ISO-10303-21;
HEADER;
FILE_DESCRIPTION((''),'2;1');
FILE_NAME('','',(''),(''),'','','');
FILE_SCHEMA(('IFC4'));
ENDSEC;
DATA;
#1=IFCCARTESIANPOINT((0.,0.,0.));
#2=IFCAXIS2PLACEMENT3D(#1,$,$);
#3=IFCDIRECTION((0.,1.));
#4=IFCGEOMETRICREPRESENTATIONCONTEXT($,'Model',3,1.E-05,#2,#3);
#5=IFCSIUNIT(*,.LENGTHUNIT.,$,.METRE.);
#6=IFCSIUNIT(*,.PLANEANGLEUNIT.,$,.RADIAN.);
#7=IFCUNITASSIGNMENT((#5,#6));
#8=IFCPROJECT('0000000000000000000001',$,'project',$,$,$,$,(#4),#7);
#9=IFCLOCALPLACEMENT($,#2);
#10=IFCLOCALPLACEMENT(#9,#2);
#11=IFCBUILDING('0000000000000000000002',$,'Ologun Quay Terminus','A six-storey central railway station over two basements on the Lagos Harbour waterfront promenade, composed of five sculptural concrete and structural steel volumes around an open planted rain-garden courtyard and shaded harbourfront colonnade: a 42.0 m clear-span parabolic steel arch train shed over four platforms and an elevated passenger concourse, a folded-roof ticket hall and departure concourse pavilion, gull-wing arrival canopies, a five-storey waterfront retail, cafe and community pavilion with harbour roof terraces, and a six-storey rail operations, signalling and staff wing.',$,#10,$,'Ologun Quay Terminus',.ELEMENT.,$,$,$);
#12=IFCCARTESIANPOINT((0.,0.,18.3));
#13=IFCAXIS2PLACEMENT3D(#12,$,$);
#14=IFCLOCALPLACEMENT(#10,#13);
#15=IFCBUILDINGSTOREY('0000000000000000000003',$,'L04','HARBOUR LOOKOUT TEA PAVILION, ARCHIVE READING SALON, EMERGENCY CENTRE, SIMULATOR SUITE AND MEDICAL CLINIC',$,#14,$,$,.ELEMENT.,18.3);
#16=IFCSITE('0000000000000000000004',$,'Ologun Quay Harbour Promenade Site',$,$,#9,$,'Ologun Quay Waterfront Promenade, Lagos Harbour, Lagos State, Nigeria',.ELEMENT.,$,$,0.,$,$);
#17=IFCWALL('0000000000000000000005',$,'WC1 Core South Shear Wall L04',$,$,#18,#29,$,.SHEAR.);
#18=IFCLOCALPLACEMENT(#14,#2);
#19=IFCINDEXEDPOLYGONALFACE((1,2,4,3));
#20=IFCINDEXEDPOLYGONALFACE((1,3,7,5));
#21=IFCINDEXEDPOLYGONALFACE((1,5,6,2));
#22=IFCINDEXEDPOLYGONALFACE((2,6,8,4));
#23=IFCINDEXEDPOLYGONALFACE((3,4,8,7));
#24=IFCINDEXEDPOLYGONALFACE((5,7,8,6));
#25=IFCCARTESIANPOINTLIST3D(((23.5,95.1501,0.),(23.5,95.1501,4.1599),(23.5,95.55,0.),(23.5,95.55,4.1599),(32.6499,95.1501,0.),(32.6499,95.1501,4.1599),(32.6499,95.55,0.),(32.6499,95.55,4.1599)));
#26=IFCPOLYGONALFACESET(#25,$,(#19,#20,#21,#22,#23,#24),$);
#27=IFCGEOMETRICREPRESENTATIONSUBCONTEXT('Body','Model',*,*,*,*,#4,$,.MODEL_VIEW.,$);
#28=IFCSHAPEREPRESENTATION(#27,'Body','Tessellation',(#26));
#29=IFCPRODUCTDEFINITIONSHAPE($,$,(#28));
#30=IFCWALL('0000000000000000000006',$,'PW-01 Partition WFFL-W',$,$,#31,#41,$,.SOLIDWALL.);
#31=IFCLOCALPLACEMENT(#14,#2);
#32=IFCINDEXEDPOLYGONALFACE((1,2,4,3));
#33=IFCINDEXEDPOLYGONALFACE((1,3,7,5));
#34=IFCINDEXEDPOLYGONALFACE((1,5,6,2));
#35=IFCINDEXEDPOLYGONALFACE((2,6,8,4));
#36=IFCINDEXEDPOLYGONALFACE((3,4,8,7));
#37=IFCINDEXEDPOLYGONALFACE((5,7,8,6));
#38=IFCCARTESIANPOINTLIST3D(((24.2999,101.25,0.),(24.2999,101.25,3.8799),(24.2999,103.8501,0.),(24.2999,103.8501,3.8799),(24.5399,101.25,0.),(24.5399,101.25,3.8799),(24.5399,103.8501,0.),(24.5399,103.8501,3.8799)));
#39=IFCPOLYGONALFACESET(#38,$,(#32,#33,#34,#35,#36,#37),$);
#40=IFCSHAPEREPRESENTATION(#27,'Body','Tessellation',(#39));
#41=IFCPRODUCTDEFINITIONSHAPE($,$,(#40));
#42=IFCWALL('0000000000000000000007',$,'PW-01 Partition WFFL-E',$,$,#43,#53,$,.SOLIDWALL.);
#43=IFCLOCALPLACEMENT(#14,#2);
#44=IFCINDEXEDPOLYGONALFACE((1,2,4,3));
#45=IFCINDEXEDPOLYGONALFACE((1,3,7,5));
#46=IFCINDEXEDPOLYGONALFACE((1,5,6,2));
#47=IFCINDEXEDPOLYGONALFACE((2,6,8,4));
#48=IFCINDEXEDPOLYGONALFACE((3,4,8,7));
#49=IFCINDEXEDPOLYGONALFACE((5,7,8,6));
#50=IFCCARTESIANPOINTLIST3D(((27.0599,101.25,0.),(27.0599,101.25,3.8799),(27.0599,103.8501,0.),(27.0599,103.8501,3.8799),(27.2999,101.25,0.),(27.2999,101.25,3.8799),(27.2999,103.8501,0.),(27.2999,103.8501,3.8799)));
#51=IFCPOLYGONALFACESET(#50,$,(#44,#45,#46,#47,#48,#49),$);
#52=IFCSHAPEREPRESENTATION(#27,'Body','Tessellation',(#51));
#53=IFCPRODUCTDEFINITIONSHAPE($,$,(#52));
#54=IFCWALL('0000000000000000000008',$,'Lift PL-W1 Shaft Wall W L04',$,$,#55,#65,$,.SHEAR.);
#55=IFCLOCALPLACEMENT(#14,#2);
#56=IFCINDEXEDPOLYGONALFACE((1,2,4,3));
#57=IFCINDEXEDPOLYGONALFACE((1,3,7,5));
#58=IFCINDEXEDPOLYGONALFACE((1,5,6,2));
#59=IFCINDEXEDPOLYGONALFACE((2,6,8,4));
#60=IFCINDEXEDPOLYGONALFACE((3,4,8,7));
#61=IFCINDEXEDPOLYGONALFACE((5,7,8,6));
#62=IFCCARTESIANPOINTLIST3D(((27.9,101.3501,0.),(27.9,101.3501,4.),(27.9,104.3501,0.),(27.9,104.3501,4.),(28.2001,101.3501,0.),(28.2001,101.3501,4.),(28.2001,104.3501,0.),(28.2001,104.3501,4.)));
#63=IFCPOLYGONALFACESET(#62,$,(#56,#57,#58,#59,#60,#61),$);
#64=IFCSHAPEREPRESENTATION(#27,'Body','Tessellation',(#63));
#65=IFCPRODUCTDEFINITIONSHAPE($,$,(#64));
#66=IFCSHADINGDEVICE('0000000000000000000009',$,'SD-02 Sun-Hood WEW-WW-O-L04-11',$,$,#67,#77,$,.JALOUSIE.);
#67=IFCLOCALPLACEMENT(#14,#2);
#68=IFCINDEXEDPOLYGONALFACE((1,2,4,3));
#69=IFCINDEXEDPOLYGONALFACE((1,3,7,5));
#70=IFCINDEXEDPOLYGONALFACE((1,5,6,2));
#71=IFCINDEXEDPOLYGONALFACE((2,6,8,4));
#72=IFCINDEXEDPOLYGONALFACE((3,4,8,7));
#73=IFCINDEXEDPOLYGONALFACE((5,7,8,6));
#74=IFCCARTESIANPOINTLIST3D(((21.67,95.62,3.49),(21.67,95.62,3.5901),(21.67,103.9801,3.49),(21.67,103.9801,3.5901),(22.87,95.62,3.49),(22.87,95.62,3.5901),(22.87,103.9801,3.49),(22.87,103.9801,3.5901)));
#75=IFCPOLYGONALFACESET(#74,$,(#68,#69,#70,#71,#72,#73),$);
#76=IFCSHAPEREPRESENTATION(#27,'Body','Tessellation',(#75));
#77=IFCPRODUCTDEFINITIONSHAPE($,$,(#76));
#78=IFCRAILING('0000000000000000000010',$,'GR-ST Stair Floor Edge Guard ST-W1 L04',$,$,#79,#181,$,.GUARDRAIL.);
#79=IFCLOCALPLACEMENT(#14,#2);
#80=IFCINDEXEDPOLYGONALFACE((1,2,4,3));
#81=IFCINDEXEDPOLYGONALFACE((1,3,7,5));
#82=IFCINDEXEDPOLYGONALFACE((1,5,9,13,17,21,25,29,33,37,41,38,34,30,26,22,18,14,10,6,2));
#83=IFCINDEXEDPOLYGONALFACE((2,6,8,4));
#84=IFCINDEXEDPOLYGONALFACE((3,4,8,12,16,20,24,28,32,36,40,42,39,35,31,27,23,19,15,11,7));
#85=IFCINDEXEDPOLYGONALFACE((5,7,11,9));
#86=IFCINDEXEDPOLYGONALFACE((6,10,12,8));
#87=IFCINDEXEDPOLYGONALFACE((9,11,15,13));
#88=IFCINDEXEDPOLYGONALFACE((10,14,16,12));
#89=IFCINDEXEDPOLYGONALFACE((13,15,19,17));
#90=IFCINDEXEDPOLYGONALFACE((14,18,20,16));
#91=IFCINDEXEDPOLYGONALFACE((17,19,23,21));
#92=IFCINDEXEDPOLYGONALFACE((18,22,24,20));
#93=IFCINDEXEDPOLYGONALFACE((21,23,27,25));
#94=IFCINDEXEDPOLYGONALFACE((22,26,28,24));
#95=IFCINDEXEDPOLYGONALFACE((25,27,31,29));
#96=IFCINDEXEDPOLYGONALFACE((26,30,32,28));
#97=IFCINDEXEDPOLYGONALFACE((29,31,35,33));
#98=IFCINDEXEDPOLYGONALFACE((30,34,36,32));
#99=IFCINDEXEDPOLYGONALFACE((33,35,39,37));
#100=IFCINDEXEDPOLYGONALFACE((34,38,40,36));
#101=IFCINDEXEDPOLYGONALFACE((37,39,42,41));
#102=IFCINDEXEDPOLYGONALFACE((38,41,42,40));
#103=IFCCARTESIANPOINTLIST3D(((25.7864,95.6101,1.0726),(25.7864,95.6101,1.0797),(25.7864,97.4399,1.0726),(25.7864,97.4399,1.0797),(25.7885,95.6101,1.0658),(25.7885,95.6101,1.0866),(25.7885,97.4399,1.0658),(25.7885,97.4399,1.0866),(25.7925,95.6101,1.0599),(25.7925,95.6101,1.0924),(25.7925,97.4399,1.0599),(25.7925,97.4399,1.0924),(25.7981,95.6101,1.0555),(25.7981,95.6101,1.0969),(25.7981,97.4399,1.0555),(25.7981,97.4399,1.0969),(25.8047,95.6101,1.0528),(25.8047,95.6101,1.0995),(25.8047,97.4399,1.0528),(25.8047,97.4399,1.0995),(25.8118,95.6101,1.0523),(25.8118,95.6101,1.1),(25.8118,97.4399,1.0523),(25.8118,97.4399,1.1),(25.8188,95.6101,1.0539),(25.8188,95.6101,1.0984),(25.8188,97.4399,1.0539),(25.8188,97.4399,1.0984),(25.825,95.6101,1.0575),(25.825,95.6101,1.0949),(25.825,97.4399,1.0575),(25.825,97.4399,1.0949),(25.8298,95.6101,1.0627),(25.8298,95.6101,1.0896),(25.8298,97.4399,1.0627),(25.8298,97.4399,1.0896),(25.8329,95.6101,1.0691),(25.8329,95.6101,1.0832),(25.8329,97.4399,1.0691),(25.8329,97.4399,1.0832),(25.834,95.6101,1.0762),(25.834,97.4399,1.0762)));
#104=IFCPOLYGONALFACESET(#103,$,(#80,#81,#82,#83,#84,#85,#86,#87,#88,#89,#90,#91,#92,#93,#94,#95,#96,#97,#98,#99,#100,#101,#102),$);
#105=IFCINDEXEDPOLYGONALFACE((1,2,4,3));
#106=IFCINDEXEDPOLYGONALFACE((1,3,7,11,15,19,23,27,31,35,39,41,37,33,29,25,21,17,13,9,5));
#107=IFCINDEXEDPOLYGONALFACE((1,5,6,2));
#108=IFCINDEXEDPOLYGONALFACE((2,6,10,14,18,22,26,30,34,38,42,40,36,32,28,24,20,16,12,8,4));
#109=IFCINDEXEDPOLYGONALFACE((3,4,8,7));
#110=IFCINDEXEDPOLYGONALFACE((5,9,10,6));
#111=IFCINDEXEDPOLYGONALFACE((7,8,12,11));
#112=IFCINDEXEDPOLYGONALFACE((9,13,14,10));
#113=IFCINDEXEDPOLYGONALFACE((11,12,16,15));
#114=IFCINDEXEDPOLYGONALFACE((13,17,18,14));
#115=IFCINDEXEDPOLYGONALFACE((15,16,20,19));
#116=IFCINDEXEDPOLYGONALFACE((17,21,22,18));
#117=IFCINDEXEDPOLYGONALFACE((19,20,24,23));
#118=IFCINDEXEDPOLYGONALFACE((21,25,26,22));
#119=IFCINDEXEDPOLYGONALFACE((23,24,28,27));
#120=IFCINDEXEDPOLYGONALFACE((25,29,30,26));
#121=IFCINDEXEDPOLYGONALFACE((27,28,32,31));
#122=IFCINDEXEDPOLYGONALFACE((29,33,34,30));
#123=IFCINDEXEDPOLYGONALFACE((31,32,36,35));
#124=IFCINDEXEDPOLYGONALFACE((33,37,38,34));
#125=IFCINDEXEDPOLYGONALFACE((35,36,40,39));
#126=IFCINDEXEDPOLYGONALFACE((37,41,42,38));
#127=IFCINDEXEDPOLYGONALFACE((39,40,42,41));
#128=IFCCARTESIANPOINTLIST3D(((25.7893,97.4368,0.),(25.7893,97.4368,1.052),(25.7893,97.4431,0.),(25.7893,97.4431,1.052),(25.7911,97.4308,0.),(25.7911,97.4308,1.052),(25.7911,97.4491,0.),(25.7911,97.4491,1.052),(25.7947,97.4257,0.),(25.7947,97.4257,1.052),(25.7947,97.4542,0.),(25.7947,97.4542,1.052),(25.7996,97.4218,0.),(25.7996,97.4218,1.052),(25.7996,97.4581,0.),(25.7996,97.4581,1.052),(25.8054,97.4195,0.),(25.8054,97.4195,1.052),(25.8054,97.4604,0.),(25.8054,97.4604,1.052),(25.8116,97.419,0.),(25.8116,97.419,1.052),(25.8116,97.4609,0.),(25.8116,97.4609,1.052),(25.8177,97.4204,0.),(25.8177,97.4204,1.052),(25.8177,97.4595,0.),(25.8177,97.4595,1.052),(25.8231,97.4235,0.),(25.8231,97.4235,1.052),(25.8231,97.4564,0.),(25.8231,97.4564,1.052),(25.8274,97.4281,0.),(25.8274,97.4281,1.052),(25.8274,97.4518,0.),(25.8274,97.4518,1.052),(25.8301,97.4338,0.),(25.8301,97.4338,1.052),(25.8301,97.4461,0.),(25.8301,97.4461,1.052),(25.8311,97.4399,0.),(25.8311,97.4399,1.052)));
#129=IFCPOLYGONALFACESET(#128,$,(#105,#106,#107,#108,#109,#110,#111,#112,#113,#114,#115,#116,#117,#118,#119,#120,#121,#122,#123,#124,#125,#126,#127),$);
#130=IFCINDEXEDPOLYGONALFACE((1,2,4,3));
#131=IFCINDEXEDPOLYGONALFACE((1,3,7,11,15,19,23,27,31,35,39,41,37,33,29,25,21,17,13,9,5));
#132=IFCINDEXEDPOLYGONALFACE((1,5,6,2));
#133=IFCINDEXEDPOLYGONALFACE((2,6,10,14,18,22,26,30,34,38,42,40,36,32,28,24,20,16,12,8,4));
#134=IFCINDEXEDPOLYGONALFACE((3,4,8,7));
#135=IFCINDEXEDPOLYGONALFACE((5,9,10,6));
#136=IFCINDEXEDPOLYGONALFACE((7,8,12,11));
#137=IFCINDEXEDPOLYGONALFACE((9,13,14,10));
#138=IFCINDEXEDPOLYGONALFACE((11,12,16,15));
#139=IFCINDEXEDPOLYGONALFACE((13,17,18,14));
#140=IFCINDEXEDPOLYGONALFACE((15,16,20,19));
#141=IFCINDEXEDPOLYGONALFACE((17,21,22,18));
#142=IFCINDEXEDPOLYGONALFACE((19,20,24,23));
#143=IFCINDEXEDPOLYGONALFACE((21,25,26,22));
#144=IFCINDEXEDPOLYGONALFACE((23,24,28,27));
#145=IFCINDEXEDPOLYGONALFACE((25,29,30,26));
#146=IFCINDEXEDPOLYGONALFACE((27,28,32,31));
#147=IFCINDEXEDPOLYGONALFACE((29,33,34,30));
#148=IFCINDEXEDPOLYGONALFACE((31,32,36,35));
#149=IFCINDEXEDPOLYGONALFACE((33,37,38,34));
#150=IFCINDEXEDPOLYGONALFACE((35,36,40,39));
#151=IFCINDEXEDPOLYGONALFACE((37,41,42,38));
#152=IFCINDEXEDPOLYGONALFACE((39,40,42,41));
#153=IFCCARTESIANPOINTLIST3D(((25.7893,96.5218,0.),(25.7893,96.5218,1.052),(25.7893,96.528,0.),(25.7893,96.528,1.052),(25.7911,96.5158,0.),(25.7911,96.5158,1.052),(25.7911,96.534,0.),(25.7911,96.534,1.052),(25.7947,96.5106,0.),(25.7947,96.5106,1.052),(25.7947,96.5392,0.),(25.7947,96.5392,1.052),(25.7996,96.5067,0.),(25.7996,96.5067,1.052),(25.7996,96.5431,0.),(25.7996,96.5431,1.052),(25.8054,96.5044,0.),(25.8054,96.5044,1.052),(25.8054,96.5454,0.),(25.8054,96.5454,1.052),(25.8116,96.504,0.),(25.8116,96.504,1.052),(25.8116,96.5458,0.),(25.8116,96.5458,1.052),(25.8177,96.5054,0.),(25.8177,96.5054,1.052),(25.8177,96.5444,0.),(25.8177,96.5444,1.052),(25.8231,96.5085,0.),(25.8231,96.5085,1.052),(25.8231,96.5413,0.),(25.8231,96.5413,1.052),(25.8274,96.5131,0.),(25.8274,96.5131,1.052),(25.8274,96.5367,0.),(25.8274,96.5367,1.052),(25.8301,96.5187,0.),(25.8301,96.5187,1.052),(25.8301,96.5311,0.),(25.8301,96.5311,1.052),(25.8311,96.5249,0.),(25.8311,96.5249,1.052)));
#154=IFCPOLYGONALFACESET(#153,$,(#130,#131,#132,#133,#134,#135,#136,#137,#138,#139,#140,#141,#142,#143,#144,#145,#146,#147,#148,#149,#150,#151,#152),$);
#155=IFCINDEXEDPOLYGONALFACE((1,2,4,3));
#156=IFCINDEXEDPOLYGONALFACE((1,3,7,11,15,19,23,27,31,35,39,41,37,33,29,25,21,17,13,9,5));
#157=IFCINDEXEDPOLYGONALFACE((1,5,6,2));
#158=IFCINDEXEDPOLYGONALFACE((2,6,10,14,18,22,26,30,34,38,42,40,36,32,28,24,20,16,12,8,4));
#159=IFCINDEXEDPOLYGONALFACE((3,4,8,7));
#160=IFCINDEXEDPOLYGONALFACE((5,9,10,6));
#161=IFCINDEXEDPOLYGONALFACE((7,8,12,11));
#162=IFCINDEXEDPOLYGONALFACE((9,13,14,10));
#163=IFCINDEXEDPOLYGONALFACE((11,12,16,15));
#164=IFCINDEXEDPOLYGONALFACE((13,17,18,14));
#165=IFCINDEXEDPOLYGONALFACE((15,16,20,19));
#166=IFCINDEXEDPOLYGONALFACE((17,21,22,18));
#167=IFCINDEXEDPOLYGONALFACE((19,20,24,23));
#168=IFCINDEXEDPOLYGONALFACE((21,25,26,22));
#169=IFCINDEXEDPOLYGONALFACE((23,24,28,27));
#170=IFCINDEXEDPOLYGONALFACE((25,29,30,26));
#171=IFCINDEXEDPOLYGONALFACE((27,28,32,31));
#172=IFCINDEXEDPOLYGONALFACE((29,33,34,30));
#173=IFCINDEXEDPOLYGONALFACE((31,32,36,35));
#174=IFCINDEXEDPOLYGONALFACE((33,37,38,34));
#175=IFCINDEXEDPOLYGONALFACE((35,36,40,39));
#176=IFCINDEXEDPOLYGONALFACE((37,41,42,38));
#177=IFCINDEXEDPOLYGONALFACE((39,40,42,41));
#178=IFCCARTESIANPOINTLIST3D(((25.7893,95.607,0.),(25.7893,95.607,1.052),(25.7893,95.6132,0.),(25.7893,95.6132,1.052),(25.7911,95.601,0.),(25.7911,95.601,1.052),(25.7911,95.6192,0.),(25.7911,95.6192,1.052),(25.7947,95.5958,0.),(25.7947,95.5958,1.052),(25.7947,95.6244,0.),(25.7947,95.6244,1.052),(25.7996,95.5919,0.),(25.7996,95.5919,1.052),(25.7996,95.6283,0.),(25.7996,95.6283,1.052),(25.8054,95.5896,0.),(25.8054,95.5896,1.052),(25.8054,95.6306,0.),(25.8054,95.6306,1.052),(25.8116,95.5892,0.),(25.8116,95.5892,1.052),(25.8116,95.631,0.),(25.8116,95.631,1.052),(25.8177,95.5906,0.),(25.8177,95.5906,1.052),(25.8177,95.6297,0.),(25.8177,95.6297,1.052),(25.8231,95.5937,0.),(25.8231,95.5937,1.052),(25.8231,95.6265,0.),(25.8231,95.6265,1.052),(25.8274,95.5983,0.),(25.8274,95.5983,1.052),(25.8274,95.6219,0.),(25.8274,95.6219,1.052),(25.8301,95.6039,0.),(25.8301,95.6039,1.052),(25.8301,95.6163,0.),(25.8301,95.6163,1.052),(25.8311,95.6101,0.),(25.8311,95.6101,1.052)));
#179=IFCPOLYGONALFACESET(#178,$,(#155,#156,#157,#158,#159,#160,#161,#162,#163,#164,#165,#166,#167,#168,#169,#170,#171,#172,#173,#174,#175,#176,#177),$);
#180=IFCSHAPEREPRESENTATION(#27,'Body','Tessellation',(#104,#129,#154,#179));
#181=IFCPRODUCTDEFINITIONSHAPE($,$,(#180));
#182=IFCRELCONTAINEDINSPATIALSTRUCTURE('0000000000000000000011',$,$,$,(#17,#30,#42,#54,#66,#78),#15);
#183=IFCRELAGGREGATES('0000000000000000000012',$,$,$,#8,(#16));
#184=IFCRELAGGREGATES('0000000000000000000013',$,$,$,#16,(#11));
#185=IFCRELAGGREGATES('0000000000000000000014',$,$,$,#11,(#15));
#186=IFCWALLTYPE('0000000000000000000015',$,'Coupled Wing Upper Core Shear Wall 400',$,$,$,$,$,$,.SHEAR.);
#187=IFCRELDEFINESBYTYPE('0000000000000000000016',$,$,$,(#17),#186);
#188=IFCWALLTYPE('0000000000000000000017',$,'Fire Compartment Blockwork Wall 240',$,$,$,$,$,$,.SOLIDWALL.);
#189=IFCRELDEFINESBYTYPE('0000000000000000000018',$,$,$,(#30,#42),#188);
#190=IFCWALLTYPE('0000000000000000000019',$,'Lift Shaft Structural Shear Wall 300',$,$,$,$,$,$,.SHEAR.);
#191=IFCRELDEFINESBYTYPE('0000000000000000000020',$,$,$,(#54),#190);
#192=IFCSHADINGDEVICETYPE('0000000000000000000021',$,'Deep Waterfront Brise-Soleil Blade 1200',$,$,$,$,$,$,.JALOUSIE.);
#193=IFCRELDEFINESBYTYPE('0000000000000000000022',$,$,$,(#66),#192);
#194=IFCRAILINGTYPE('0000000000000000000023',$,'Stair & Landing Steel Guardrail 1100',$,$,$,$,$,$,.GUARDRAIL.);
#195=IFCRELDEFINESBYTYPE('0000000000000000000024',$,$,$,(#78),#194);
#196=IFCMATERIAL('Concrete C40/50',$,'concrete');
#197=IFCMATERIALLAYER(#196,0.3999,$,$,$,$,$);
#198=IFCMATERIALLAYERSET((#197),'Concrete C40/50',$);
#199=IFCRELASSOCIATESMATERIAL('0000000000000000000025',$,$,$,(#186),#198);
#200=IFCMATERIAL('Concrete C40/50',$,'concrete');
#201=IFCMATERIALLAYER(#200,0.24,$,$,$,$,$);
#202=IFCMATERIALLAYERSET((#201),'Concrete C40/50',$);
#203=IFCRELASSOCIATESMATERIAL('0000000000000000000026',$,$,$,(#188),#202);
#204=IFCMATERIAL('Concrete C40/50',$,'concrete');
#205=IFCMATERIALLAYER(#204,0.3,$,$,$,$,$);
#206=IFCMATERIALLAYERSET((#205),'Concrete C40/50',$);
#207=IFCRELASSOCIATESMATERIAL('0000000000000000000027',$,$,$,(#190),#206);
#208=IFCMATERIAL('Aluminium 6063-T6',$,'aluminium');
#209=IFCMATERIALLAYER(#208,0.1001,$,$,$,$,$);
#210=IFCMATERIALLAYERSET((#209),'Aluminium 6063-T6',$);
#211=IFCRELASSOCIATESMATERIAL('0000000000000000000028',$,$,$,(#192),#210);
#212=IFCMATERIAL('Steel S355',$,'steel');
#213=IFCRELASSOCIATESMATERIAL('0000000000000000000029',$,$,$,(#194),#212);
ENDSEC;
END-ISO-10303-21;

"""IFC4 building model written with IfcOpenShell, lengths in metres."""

from ifc_helpers import new_model, si_unit, direction, frame, frame_2d, origin, origin_2d, place, context, subcontext, project, spatial, rectangle, circle, extrude, material, layer, layer_set, type_object, element, save


model = new_model("IFC4")

# Units and contexts
model_context = context("Model", 3, precision=1e-05, world=origin(), true_north=direction((0.0, 1.0)))
body_context = subcontext(model_context, "Body", "Model", "MODEL_VIEW")
ifc_project = project(units=[si_unit("LENGTHUNIT", "METRE"), si_unit("PLANEANGLEUNIT", "RADIAN")], contexts=[model_context])

# Site, building, storey
site_placement = place(None, origin())
site = spatial("IfcSite", under=ifc_project, at=site_placement, Name="Ologun Quay Harbour Promenade Site", LongName="Ologun Quay Waterfront Promenade, Lagos Harbour, Lagos State, Nigeria", CompositionType="ELEMENT", RefElevation=0.0)
building_placement = place(site_placement, origin())
building = spatial("IfcBuilding", under=site, at=building_placement, Name="Ologun Quay Terminus", Description="A six-storey central railway station over two basements on the Lagos Harbour waterfront promenade, composed of five sculptural concrete and structural steel volumes around an open planted rain-garden courtyard and shaded harbourfront colonnade: a 42.0 m clear-span parabolic steel arch train shed over four platforms and an elevated passenger concourse, a folded-roof ticket hall and departure concourse pavilion, gull-wing arrival canopies, a five-storey waterfront retail, cafe and community pavilion with harbour roof terraces, and a six-storey rail operations, signalling and staff wing.", LongName="Ologun Quay Terminus", CompositionType="ELEMENT")
storey_placement = place(building_placement, frame((0.0, 0.0, 18.3)))
storey = spatial("IfcBuildingStorey", under=building, at=storey_placement, Name="L04", Description="HARBOUR LOOKOUT TEA PAVILION, ARCHIVE READING SALON, EMERGENCY CENTRE, SIMULATOR SUITE AND MEDICAL CLINIC", CompositionType="ELEMENT", Elevation=18.3)

# Wall
ifc_material_1 = material(Name="Concrete C40/50", Category="concrete")
ifc_layer_1 = layer(ifc_material_1, 0.3999)
ifc_layer_set_1 = layer_set([ifc_layer_1], Name="Concrete C40/50")
wall_type_1 = type_object("IfcWallType", Name="Coupled Wing Upper Core Shear Wall 400", PredefinedType="SHEAR", material=ifc_layer_set_1)
wall_1_placement = place(storey_placement, frame((23.5, 95.3501, 0.0), z_axis=(0.0, 0.0, 1.0), x_axis=(1.0, 0.0, 0.0)))
element("IfcWall", 1, at=wall_1_placement, inside=storey, type_object=wall_type_1, Name="WC1 Core South Shear Wall L04", PredefinedType="SHEAR", context=body_context, shape_type="SweptSolid", body=[
    extrude(rectangle(XDim=9.1499, YDim=0.3999, at=frame_2d((4.575, 0.0))), origin(), (0.0, 0.0, 1.0), 4.1599),
])

# Shared definitions
ifc_material_2 = material(Name="Concrete C40/50", Category="concrete")
ifc_layer_2 = layer(ifc_material_2, 0.24)
ifc_layer_set_2 = layer_set([ifc_layer_2], Name="Concrete C40/50")
wall_type_2 = type_object("IfcWallType", Name="Fire Compartment Blockwork Wall 240", PredefinedType="SOLIDWALL", material=ifc_layer_set_2)

# Walls
for number, where, z_axis, x_axis, name in (
    (2, (24.4199, 101.25, 0.0), (0.0, 0.0, 1.0), (0.0, 1.0, 0.0), "PW-01 Partition WFFL-W"),
    (3, (27.1799, 101.25, 0.0), (0.0, 0.0, 1.0), (0.0, 1.0, 0.0), "PW-01 Partition WFFL-E"),
):
    element("IfcWall", number, at=place(storey_placement, frame(where, z_axis=z_axis, x_axis=x_axis)), inside=storey, type_object=wall_type_2, Name=name, PredefinedType="SOLIDWALL", context=body_context, shape_type="SweptSolid", body=[
        extrude(rectangle(XDim=2.6001, YDim=0.24, at=frame_2d((1.3, 0.0))), origin(), (0.0, 0.0, 1.0), 3.8799),
    ])

# Shared definitions
ifc_material_3 = material(Name="Concrete C40/50", Category="concrete")
ifc_layer_3 = layer(ifc_material_3, 0.3)
ifc_layer_set_3 = layer_set([ifc_layer_3], Name="Concrete C40/50")
wall_type_3 = type_object("IfcWallType", Name="Lift Shaft Structural Shear Wall 300", PredefinedType="SHEAR", material=ifc_layer_set_3)

# Wall
wall_2_placement = place(storey_placement, frame((28.05, 101.3501, 0.0), z_axis=(0.0, 0.0, 1.0), x_axis=(0.0, 1.0, 0.0)))
element("IfcWall", 4, at=wall_2_placement, inside=storey, type_object=wall_type_3, Name="Lift PL-W1 Shaft Wall W L04", PredefinedType="SHEAR", context=body_context, shape_type="SweptSolid", body=[
    extrude(rectangle(XDim=3.0, YDim=0.3, at=frame_2d((1.5, 0.0))), origin(), (0.0, 0.0, 1.0), 4.0),
])

# Shading device
ifc_material_4 = material(Name="Aluminium 6063-T6", Category="aluminium")
ifc_layer_4 = layer(ifc_material_4, 0.1001)
ifc_layer_set_4 = layer_set([ifc_layer_4], Name="Aluminium 6063-T6")
shading_device_type = type_object("IfcShadingDeviceType", Name="Deep Waterfront Brise-Soleil Blade 1200", PredefinedType="JALOUSIE", material=ifc_layer_set_4)
shading_device_placement = place(storey_placement, frame((22.27, 99.8, 3.49), z_axis=(0.0, 0.0, 1.0), x_axis=(1.0, 0.0, 0.0)))
element("IfcShadingDevice", 5, at=shading_device_placement, inside=storey, type_object=shading_device_type, Name="SD-02 Sun-Hood WEW-WW-O-L04-11", PredefinedType="JALOUSIE", context=body_context, shape_type="SweptSolid", body=[
    extrude(rectangle(XDim=1.2, YDim=8.3601, at=origin_2d()), origin(), (0.0, 0.0, 1.0), 0.1001),
])

# Railing
ifc_material_5 = material(Name="Steel S355", Category="steel")
railing_type = type_object("IfcRailingType", Name="Stair & Landing Steel Guardrail 1100", PredefinedType="GUARDRAIL", material=ifc_material_5)
railing_placement = place(storey_placement, frame((25.8101, 97.4399, 0.0)))
element("IfcRailing", 6, at=railing_placement, inside=storey, type_object=railing_type, Name="GR-ST Stair Floor Edge Guard ST-W1 L04", PredefinedType="GUARDRAIL", context=body_context, shape_type="SweptSolid", body=[
    extrude(circle(Radius=0.0239, at=origin_2d()), frame((0.0, 0.0, 1.0762), z_axis=(0.0, -1.0, 0.0), x_axis=(1.0, 0.0, 0.0)), (0.0, 0.0, 1.0), 1.8298),
    extrude(circle(Radius=0.021, at=origin_2d()), origin(), (0.0, 0.0, 1.0), 1.052),
    extrude(circle(Radius=0.021, at=origin_2d()), frame((0.0, -0.915, 0.0)), (0.0, 0.0, 1.0), 1.052),
    extrude(circle(Radius=0.021, at=origin_2d()), frame((0.0, -1.8298, 0.0)), (0.0, 0.0, 1.0), 1.052),
])

save(model, "model.ifc")
